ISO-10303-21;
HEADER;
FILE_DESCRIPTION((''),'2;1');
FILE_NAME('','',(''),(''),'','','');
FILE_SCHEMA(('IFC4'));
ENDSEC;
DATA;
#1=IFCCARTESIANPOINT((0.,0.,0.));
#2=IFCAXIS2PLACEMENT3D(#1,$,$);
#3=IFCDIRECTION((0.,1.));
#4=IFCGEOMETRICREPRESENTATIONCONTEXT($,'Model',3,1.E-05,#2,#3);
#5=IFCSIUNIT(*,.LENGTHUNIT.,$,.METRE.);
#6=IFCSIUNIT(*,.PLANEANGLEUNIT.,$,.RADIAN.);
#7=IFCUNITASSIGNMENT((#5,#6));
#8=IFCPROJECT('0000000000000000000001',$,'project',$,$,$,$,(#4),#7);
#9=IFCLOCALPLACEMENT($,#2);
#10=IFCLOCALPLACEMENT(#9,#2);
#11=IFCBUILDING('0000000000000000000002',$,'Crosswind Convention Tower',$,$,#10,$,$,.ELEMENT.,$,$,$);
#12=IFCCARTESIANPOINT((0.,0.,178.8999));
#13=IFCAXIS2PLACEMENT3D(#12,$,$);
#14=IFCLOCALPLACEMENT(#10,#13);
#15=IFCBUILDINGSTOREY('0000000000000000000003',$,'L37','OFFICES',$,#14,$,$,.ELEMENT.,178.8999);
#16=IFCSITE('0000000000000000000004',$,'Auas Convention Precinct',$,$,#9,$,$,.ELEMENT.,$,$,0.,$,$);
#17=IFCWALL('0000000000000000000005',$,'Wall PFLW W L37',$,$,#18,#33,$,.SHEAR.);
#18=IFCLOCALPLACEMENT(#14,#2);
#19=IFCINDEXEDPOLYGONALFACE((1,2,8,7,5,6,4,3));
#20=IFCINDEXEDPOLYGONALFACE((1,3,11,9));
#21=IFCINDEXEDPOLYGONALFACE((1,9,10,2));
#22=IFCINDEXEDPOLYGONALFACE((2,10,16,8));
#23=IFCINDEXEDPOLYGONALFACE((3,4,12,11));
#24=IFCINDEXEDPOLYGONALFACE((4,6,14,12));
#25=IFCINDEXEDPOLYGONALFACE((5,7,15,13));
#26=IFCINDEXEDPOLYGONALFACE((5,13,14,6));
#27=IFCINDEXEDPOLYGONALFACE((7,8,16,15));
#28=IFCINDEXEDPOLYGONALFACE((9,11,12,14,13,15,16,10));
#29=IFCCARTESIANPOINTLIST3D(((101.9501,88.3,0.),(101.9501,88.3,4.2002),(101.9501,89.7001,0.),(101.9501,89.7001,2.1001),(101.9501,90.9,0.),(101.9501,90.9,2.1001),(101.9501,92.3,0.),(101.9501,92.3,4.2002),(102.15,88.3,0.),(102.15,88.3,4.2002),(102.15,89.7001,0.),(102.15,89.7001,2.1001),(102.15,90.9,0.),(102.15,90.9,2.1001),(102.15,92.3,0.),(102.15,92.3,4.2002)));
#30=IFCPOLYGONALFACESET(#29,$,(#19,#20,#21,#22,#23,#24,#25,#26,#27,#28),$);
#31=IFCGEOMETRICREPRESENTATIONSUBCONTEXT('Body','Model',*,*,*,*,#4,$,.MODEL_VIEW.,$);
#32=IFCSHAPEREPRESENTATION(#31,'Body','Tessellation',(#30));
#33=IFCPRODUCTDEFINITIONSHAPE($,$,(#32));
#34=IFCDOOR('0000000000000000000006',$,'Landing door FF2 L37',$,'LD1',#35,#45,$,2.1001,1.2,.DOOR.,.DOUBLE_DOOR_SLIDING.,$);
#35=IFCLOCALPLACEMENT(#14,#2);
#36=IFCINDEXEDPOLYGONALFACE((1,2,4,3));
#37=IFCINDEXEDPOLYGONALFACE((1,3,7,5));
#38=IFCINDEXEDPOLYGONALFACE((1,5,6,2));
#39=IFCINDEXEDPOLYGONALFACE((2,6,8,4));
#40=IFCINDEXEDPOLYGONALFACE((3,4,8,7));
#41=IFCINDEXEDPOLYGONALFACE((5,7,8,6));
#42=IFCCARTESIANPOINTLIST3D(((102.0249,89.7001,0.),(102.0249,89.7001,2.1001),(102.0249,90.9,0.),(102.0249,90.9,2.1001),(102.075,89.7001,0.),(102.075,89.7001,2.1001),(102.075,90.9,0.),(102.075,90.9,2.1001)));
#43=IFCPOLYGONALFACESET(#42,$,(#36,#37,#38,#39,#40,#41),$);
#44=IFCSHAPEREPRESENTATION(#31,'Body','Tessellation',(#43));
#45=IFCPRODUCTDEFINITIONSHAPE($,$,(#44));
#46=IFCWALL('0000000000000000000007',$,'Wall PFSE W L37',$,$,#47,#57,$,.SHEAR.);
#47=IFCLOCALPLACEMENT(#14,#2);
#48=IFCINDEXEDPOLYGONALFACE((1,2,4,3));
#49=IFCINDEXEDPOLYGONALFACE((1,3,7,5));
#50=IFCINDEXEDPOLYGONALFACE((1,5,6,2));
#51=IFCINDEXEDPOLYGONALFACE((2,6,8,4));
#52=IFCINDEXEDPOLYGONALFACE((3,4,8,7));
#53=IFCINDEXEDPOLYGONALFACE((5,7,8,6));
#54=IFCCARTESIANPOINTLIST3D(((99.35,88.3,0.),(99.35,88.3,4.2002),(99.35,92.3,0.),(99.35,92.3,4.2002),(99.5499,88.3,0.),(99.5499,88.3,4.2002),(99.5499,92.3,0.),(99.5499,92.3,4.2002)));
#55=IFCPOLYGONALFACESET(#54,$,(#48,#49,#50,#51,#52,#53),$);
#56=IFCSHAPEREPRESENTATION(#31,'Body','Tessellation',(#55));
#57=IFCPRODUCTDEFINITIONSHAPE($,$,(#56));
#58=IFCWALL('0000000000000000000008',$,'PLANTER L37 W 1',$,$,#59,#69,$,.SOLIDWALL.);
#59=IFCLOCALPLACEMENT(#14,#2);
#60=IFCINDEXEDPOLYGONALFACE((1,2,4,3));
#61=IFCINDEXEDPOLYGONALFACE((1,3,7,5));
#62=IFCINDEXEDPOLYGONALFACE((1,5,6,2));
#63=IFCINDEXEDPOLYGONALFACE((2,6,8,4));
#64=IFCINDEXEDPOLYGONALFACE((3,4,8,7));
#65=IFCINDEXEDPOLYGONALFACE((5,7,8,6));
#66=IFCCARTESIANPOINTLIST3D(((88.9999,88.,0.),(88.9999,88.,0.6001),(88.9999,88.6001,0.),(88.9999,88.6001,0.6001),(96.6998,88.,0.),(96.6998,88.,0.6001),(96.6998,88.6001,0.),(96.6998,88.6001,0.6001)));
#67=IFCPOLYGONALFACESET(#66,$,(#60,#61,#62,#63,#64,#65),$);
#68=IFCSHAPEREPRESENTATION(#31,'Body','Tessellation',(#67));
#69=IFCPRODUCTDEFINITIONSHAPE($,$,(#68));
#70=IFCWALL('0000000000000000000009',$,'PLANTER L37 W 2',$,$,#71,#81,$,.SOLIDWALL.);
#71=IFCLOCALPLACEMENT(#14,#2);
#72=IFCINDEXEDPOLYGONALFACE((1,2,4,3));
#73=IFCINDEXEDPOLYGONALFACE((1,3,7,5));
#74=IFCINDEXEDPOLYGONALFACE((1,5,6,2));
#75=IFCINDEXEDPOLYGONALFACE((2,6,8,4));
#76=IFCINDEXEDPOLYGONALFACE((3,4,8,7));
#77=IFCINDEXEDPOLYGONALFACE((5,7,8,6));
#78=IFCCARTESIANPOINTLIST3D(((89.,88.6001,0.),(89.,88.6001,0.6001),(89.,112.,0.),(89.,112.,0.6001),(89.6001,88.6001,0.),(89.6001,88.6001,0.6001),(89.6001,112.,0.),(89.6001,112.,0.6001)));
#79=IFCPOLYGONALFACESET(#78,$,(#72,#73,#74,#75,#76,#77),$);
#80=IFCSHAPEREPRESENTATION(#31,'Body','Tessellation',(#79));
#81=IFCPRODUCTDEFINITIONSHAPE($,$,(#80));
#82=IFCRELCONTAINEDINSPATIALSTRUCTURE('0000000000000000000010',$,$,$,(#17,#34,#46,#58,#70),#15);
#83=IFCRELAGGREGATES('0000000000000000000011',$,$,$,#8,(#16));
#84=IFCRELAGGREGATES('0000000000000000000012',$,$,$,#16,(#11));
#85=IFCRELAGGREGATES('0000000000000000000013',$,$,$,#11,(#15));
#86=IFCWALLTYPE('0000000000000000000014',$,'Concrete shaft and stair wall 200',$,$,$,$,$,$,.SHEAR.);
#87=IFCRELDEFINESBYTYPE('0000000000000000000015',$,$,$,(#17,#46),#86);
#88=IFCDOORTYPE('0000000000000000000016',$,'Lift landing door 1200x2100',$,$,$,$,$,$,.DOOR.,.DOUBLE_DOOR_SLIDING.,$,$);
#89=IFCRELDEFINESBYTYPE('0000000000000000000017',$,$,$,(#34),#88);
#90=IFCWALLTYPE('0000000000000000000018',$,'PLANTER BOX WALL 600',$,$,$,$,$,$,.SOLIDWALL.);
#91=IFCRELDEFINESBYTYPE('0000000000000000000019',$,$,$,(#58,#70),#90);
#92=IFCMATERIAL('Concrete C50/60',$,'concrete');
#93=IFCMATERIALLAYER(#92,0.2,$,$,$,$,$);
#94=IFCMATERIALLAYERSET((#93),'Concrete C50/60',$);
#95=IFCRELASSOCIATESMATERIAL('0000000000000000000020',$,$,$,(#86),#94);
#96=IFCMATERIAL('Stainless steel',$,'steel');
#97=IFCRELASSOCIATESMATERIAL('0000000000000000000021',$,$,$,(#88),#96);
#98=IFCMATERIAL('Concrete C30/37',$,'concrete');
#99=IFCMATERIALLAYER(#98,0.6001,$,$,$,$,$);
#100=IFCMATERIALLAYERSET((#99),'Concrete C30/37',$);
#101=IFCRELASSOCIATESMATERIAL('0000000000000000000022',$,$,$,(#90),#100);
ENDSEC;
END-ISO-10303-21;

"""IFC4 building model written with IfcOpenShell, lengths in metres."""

from ifc_helpers import new_model, si_unit, direction, frame, frame_2d, origin, place, context, subcontext, project, spatial, rectangle, extrude, material, layer, layer_set, type_object, element, fill, save


model = new_model("IFC4")

# Units and contexts
model_context = context("Model", 3, precision=1e-05, world=origin(), true_north=direction((0.0, 1.0)))
body_context = subcontext(model_context, "Body", "Model", "MODEL_VIEW")
ifc_project = project(units=[si_unit("LENGTHUNIT", "METRE"), si_unit("PLANEANGLEUNIT", "RADIAN")], contexts=[model_context])

# Site, building, storey
site_placement = place(None, origin())
site = spatial("IfcSite", under=ifc_project, at=site_placement, Name="Auas Convention Precinct", CompositionType="ELEMENT", RefElevation=0.0)
building_placement = place(site_placement, origin())
building = spatial("IfcBuilding", under=site, at=building_placement, Name="Crosswind Convention Tower", CompositionType="ELEMENT")
storey_placement = place(building_placement, frame((0.0, 0.0, 178.8999)))
storey = spatial("IfcBuildingStorey", under=building, at=storey_placement, Name="L37", Description="OFFICES", CompositionType="ELEMENT", Elevation=178.8999)

# Wall, opening, door
ifc_material_1 = material(Name="Concrete C50/60", Category="concrete")
ifc_layer_1 = layer(ifc_material_1, 0.2)
ifc_layer_set_1 = layer_set([ifc_layer_1], Name="Concrete C50/60")
wall_type_1 = type_object("IfcWallType", Name="Concrete shaft and stair wall 200", PredefinedType="SHEAR", material=ifc_layer_set_1)
wall_1_placement = place(storey_placement, frame((102.05, 92.3, 0.0), z_axis=(0.0, 0.0, 1.0), x_axis=(0.0, -1.0, 0.0)))
wall_1 = element("IfcWall", 1, at=wall_1_placement, inside=storey, type_object=wall_type_1, Name="Wall PFLW W L37", PredefinedType="SHEAR", context=body_context, shape_type="SweptSolid", body=[
    extrude(rectangle(XDim=4.0, YDim=0.2, at=frame_2d((2.0, 0.0))), origin(), (0.0, 0.0, 1.0), 4.2002),
])
opening_placement = place(wall_1_placement, frame((1.3999, 0.0, 0.0)))
opening = element("IfcOpeningElement", 2, at=opening_placement, cuts=wall_1, PredefinedType="OPENING", context=body_context, shape_type="SweptSolid", body=[
    extrude(rectangle(XDim=1.2, YDim=2.1001, at=frame_2d((0.6001, 1.05))), frame((0.0, 0.1099, 0.0), z_axis=(0.0, -1.0, 0.0), x_axis=(1.0, 0.0, 0.0)), (0.0, 0.0, 1.0), 0.22),
])
ifc_material_2 = material(Name="Stainless steel", Category="steel")
door_type = type_object("IfcDoorType", Name="Lift landing door 1200x2100", OperationType="DOUBLE_DOOR_SLIDING", PredefinedType="DOOR", material=ifc_material_2)
door_placement = place(opening_placement, origin())
door = element("IfcDoor", 3, at=door_placement, inside=storey, type_object=door_type, Name="Landing door FF2 L37", ObjectType="LD1", OperationType="DOUBLE_DOOR_SLIDING", OverallHeight=2.1001, OverallWidth=1.2, PredefinedType="DOOR", context=body_context, shape_type="SweptSolid", body=[
    extrude(rectangle(XDim=1.2, YDim=2.1001, at=frame_2d((0.6001, 1.05))), frame((0.0, 0.0249, 0.0), z_axis=(0.0, -1.0, 0.0), x_axis=(1.0, 0.0, 0.0)), (0.0, 0.0, 1.0), 0.05),
])
fill(opening, door)

# Walls
wall_2_placement = place(storey_placement, frame((99.45, 92.3, 0.0), z_axis=(0.0, 0.0, 1.0), x_axis=(0.0, -1.0, 0.0)))
element("IfcWall", 4, at=wall_2_placement, inside=storey, type_object=wall_type_1, Name="Wall PFSE W L37", PredefinedType="SHEAR", context=body_context, shape_type="SweptSolid", body=[
    extrude(rectangle(XDim=4.0, YDim=0.2, at=frame_2d((2.0, 0.0))), origin(), (0.0, 0.0, 1.0), 4.2002),
])
ifc_material_3 = material(Name="Concrete C30/37", Category="concrete")
ifc_layer_2 = layer(ifc_material_3, 0.6001)
ifc_layer_set_2 = layer_set([ifc_layer_2], Name="Concrete C30/37")
wall_type_2 = type_object("IfcWallType", Name="PLANTER BOX WALL 600", PredefinedType="SOLIDWALL", material=ifc_layer_set_2)
wall_3_placement = place(storey_placement, frame((96.7, 88.3, 0.0), z_axis=(0.0, 0.0, 1.0), x_axis=(-1.0, 0.0, 0.0)))
element("IfcWall", 5, at=wall_3_placement, inside=storey, type_object=wall_type_2, Name="PLANTER L37 W 1", PredefinedType="SOLIDWALL", context=body_context, shape_type="SweptSolid", body=[
    extrude(rectangle(XDim=7.7, YDim=0.6001, at=frame_2d((3.8501, 0.0))), origin(), (0.0, 0.0, 1.0), 0.6001),
])
wall_4_placement = place(storey_placement, frame((89.3, 88.6001, 0.0), z_axis=(0.0, 0.0, 1.0), x_axis=(0.0, 1.0, 0.0)))
element("IfcWall", 6, at=wall_4_placement, inside=storey, type_object=wall_type_2, Name="PLANTER L37 W 2", PredefinedType="SOLIDWALL", context=body_context, shape_type="SweptSolid", body=[
    extrude(rectangle(XDim=23.3999, YDim=0.6001, at=frame_2d((11.7, 0.0))), origin(), (0.0, 0.0, 1.0), 0.6001),
])

save(model, "model.ifc")
